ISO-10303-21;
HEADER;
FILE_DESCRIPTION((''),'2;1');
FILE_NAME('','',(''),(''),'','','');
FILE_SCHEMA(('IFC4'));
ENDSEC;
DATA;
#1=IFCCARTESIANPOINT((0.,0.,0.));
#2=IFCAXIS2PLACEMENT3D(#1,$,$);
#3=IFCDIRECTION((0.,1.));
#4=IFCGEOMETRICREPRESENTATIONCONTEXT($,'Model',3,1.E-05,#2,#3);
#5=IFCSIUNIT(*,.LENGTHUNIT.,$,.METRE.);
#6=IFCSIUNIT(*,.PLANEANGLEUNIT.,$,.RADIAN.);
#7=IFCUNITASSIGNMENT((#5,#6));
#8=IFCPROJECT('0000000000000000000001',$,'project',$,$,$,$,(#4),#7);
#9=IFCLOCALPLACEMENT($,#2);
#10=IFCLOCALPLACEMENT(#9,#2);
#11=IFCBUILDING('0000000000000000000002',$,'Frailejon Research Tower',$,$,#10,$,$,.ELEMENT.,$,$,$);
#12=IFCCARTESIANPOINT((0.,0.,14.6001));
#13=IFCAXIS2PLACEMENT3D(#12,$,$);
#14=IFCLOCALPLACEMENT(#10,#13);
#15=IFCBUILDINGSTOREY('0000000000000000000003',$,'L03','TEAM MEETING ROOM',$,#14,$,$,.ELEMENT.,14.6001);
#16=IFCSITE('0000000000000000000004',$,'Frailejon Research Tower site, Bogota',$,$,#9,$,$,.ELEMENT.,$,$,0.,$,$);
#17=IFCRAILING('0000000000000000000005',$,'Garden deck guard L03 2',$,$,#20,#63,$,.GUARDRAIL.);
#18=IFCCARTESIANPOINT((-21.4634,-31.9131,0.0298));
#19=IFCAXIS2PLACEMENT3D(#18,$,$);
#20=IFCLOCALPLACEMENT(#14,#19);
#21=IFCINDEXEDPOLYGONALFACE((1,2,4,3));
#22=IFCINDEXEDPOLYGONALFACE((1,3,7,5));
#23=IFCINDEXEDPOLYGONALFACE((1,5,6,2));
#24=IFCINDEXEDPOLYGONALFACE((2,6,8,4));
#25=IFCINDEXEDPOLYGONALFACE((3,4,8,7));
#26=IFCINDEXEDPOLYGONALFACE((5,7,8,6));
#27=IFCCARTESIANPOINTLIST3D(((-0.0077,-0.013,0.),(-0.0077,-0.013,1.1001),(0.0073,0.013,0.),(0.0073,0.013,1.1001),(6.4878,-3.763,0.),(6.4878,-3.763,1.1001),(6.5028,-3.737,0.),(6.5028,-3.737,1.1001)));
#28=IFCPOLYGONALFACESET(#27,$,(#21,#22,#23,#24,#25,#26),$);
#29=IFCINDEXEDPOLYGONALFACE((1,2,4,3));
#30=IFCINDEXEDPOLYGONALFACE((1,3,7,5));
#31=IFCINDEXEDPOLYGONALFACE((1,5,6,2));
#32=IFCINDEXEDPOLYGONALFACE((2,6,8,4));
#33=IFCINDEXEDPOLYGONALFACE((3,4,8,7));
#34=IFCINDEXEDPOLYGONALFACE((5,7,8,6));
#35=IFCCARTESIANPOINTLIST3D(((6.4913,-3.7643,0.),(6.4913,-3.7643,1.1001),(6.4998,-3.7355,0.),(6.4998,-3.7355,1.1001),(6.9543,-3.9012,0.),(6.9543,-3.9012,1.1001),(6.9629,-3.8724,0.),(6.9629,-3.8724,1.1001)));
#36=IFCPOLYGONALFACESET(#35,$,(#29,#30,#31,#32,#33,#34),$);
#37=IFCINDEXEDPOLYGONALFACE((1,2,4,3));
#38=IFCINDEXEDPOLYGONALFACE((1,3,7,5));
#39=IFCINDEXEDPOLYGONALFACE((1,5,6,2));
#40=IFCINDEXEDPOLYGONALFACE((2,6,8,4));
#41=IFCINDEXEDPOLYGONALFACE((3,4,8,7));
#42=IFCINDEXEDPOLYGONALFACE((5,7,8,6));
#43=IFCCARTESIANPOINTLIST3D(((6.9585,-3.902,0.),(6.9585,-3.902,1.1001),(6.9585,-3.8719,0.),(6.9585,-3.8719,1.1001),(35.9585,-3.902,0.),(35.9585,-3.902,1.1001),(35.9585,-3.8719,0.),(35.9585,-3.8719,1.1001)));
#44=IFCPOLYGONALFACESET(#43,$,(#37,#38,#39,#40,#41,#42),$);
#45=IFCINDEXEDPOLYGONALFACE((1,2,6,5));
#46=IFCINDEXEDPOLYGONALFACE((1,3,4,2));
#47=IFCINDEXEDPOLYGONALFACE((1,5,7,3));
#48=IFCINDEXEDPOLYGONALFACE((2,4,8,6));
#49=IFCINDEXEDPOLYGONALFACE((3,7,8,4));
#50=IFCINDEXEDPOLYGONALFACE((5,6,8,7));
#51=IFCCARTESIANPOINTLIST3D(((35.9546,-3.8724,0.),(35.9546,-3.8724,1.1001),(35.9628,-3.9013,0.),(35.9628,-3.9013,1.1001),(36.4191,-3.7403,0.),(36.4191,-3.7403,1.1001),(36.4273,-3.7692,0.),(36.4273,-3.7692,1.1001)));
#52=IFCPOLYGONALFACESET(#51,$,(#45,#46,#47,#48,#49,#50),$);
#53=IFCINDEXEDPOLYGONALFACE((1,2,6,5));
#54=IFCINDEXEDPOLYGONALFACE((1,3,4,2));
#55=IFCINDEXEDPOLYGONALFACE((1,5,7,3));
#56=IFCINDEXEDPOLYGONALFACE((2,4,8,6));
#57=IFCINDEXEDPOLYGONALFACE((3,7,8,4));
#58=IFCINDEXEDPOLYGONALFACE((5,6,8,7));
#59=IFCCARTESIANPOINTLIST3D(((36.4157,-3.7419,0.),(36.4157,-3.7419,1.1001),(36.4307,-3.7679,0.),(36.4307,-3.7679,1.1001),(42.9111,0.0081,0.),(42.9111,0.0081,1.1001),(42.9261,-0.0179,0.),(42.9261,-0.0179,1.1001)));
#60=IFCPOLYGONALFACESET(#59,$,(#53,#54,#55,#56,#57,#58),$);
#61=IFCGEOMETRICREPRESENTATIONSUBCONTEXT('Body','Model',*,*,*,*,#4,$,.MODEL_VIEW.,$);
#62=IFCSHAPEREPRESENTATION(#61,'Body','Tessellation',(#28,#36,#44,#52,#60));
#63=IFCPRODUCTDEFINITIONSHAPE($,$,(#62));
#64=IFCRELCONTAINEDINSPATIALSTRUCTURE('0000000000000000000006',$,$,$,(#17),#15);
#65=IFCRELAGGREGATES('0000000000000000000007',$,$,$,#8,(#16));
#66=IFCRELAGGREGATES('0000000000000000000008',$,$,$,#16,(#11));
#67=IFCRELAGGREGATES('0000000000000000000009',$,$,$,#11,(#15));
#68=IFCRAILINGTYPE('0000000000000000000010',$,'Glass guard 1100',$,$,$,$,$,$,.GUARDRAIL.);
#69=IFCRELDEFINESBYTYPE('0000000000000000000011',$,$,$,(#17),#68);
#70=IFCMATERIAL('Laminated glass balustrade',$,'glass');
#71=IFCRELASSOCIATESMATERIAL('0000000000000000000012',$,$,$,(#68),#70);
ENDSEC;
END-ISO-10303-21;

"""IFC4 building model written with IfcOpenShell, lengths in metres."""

from ifc_helpers import new_model, si_unit, direction, frame, origin, origin_2d, place, context, subcontext, project, spatial, rectangle, extrude, material, type_object, element, save


model = new_model("IFC4")

# Units and contexts
model_context = context("Model", 3, precision=1e-05, world=origin(), true_north=direction((0.0, 1.0)))
body_context = subcontext(model_context, "Body", "Model", "MODEL_VIEW")
ifc_project = project(units=[si_unit("LENGTHUNIT", "METRE"), si_unit("PLANEANGLEUNIT", "RADIAN")], contexts=[model_context])

# Site, building, storey
site_placement = place(None, origin())
site = spatial("IfcSite", under=ifc_project, at=site_placement, Name="Frailejon Research Tower site, Bogota", CompositionType="ELEMENT", RefElevation=0.0)
building_placement = place(site_placement, origin())
building = spatial("IfcBuilding", under=site, at=building_placement, Name="Frailejon Research Tower", CompositionType="ELEMENT")
storey_placement = place(building_placement, frame((0.0, 0.0, 14.6001)))
storey = spatial("IfcBuildingStorey", under=building, at=storey_placement, Name="L03", Description="TEAM MEETING ROOM", CompositionType="ELEMENT", Elevation=14.6001)

# Railing
ifc_material_1 = material(Name="Laminated glass balustrade", Category="glass")
railing_type = type_object("IfcRailingType", Name="Glass guard 1100", PredefinedType="GUARDRAIL", material=ifc_material_1)
railing_placement = place(storey_placement, frame((-21.4634, -31.9131, 0.0298)))
element("IfcRailing", 1, at=railing_placement, inside=storey, type_object=railing_type, Name="Garden deck guard L03 2", PredefinedType="GUARDRAIL", context=body_context, shape_type="SweptSolid", body=[
    extrude(rectangle(XDim=7.5002, YDim=0.03, at=origin_2d()), frame((3.2476, -1.875, 0.0), z_axis=(0.0, 0.0, 1.0), x_axis=(0.866031, -0.49999, 0.0)), (0.0, 0.0, 1.0), 1.1001),
    extrude(rectangle(XDim=0.4829, YDim=0.03, at=origin_2d()), frame((6.7271, -3.8184, 0.0), z_axis=(0.0, 0.0, 1.0), x_axis=(0.958946, -0.283589, 0.0)), (0.0, 0.0, 1.0), 1.1001),
    extrude(rectangle(XDim=29.0, YDim=0.03, at=origin_2d()), frame((21.4585, -3.887, 0.0), z_axis=(0.0, 0.0, 1.0), x_axis=(1.0, 0.0, 0.0)), (0.0, 0.0, 1.0), 1.1001),
    extrude(rectangle(XDim=0.4829, YDim=0.03, at=origin_2d()), frame((36.1909, -3.8208, 0.0), z_axis=(0.0, 0.0, 1.0), x_axis=(0.961886, 0.273452, 0.0)), (0.0, 0.0, 1.0), 1.1001),
    extrude(rectangle(XDim=7.5002, YDim=0.03, at=origin_2d()), frame((39.6709, -1.8799, 0.0), z_axis=(0.0, 0.0, 1.0), x_axis=(0.866031, 0.49999, 0.0)), (0.0, 0.0, 1.0), 1.1001),
])

save(model, "model.ifc")
